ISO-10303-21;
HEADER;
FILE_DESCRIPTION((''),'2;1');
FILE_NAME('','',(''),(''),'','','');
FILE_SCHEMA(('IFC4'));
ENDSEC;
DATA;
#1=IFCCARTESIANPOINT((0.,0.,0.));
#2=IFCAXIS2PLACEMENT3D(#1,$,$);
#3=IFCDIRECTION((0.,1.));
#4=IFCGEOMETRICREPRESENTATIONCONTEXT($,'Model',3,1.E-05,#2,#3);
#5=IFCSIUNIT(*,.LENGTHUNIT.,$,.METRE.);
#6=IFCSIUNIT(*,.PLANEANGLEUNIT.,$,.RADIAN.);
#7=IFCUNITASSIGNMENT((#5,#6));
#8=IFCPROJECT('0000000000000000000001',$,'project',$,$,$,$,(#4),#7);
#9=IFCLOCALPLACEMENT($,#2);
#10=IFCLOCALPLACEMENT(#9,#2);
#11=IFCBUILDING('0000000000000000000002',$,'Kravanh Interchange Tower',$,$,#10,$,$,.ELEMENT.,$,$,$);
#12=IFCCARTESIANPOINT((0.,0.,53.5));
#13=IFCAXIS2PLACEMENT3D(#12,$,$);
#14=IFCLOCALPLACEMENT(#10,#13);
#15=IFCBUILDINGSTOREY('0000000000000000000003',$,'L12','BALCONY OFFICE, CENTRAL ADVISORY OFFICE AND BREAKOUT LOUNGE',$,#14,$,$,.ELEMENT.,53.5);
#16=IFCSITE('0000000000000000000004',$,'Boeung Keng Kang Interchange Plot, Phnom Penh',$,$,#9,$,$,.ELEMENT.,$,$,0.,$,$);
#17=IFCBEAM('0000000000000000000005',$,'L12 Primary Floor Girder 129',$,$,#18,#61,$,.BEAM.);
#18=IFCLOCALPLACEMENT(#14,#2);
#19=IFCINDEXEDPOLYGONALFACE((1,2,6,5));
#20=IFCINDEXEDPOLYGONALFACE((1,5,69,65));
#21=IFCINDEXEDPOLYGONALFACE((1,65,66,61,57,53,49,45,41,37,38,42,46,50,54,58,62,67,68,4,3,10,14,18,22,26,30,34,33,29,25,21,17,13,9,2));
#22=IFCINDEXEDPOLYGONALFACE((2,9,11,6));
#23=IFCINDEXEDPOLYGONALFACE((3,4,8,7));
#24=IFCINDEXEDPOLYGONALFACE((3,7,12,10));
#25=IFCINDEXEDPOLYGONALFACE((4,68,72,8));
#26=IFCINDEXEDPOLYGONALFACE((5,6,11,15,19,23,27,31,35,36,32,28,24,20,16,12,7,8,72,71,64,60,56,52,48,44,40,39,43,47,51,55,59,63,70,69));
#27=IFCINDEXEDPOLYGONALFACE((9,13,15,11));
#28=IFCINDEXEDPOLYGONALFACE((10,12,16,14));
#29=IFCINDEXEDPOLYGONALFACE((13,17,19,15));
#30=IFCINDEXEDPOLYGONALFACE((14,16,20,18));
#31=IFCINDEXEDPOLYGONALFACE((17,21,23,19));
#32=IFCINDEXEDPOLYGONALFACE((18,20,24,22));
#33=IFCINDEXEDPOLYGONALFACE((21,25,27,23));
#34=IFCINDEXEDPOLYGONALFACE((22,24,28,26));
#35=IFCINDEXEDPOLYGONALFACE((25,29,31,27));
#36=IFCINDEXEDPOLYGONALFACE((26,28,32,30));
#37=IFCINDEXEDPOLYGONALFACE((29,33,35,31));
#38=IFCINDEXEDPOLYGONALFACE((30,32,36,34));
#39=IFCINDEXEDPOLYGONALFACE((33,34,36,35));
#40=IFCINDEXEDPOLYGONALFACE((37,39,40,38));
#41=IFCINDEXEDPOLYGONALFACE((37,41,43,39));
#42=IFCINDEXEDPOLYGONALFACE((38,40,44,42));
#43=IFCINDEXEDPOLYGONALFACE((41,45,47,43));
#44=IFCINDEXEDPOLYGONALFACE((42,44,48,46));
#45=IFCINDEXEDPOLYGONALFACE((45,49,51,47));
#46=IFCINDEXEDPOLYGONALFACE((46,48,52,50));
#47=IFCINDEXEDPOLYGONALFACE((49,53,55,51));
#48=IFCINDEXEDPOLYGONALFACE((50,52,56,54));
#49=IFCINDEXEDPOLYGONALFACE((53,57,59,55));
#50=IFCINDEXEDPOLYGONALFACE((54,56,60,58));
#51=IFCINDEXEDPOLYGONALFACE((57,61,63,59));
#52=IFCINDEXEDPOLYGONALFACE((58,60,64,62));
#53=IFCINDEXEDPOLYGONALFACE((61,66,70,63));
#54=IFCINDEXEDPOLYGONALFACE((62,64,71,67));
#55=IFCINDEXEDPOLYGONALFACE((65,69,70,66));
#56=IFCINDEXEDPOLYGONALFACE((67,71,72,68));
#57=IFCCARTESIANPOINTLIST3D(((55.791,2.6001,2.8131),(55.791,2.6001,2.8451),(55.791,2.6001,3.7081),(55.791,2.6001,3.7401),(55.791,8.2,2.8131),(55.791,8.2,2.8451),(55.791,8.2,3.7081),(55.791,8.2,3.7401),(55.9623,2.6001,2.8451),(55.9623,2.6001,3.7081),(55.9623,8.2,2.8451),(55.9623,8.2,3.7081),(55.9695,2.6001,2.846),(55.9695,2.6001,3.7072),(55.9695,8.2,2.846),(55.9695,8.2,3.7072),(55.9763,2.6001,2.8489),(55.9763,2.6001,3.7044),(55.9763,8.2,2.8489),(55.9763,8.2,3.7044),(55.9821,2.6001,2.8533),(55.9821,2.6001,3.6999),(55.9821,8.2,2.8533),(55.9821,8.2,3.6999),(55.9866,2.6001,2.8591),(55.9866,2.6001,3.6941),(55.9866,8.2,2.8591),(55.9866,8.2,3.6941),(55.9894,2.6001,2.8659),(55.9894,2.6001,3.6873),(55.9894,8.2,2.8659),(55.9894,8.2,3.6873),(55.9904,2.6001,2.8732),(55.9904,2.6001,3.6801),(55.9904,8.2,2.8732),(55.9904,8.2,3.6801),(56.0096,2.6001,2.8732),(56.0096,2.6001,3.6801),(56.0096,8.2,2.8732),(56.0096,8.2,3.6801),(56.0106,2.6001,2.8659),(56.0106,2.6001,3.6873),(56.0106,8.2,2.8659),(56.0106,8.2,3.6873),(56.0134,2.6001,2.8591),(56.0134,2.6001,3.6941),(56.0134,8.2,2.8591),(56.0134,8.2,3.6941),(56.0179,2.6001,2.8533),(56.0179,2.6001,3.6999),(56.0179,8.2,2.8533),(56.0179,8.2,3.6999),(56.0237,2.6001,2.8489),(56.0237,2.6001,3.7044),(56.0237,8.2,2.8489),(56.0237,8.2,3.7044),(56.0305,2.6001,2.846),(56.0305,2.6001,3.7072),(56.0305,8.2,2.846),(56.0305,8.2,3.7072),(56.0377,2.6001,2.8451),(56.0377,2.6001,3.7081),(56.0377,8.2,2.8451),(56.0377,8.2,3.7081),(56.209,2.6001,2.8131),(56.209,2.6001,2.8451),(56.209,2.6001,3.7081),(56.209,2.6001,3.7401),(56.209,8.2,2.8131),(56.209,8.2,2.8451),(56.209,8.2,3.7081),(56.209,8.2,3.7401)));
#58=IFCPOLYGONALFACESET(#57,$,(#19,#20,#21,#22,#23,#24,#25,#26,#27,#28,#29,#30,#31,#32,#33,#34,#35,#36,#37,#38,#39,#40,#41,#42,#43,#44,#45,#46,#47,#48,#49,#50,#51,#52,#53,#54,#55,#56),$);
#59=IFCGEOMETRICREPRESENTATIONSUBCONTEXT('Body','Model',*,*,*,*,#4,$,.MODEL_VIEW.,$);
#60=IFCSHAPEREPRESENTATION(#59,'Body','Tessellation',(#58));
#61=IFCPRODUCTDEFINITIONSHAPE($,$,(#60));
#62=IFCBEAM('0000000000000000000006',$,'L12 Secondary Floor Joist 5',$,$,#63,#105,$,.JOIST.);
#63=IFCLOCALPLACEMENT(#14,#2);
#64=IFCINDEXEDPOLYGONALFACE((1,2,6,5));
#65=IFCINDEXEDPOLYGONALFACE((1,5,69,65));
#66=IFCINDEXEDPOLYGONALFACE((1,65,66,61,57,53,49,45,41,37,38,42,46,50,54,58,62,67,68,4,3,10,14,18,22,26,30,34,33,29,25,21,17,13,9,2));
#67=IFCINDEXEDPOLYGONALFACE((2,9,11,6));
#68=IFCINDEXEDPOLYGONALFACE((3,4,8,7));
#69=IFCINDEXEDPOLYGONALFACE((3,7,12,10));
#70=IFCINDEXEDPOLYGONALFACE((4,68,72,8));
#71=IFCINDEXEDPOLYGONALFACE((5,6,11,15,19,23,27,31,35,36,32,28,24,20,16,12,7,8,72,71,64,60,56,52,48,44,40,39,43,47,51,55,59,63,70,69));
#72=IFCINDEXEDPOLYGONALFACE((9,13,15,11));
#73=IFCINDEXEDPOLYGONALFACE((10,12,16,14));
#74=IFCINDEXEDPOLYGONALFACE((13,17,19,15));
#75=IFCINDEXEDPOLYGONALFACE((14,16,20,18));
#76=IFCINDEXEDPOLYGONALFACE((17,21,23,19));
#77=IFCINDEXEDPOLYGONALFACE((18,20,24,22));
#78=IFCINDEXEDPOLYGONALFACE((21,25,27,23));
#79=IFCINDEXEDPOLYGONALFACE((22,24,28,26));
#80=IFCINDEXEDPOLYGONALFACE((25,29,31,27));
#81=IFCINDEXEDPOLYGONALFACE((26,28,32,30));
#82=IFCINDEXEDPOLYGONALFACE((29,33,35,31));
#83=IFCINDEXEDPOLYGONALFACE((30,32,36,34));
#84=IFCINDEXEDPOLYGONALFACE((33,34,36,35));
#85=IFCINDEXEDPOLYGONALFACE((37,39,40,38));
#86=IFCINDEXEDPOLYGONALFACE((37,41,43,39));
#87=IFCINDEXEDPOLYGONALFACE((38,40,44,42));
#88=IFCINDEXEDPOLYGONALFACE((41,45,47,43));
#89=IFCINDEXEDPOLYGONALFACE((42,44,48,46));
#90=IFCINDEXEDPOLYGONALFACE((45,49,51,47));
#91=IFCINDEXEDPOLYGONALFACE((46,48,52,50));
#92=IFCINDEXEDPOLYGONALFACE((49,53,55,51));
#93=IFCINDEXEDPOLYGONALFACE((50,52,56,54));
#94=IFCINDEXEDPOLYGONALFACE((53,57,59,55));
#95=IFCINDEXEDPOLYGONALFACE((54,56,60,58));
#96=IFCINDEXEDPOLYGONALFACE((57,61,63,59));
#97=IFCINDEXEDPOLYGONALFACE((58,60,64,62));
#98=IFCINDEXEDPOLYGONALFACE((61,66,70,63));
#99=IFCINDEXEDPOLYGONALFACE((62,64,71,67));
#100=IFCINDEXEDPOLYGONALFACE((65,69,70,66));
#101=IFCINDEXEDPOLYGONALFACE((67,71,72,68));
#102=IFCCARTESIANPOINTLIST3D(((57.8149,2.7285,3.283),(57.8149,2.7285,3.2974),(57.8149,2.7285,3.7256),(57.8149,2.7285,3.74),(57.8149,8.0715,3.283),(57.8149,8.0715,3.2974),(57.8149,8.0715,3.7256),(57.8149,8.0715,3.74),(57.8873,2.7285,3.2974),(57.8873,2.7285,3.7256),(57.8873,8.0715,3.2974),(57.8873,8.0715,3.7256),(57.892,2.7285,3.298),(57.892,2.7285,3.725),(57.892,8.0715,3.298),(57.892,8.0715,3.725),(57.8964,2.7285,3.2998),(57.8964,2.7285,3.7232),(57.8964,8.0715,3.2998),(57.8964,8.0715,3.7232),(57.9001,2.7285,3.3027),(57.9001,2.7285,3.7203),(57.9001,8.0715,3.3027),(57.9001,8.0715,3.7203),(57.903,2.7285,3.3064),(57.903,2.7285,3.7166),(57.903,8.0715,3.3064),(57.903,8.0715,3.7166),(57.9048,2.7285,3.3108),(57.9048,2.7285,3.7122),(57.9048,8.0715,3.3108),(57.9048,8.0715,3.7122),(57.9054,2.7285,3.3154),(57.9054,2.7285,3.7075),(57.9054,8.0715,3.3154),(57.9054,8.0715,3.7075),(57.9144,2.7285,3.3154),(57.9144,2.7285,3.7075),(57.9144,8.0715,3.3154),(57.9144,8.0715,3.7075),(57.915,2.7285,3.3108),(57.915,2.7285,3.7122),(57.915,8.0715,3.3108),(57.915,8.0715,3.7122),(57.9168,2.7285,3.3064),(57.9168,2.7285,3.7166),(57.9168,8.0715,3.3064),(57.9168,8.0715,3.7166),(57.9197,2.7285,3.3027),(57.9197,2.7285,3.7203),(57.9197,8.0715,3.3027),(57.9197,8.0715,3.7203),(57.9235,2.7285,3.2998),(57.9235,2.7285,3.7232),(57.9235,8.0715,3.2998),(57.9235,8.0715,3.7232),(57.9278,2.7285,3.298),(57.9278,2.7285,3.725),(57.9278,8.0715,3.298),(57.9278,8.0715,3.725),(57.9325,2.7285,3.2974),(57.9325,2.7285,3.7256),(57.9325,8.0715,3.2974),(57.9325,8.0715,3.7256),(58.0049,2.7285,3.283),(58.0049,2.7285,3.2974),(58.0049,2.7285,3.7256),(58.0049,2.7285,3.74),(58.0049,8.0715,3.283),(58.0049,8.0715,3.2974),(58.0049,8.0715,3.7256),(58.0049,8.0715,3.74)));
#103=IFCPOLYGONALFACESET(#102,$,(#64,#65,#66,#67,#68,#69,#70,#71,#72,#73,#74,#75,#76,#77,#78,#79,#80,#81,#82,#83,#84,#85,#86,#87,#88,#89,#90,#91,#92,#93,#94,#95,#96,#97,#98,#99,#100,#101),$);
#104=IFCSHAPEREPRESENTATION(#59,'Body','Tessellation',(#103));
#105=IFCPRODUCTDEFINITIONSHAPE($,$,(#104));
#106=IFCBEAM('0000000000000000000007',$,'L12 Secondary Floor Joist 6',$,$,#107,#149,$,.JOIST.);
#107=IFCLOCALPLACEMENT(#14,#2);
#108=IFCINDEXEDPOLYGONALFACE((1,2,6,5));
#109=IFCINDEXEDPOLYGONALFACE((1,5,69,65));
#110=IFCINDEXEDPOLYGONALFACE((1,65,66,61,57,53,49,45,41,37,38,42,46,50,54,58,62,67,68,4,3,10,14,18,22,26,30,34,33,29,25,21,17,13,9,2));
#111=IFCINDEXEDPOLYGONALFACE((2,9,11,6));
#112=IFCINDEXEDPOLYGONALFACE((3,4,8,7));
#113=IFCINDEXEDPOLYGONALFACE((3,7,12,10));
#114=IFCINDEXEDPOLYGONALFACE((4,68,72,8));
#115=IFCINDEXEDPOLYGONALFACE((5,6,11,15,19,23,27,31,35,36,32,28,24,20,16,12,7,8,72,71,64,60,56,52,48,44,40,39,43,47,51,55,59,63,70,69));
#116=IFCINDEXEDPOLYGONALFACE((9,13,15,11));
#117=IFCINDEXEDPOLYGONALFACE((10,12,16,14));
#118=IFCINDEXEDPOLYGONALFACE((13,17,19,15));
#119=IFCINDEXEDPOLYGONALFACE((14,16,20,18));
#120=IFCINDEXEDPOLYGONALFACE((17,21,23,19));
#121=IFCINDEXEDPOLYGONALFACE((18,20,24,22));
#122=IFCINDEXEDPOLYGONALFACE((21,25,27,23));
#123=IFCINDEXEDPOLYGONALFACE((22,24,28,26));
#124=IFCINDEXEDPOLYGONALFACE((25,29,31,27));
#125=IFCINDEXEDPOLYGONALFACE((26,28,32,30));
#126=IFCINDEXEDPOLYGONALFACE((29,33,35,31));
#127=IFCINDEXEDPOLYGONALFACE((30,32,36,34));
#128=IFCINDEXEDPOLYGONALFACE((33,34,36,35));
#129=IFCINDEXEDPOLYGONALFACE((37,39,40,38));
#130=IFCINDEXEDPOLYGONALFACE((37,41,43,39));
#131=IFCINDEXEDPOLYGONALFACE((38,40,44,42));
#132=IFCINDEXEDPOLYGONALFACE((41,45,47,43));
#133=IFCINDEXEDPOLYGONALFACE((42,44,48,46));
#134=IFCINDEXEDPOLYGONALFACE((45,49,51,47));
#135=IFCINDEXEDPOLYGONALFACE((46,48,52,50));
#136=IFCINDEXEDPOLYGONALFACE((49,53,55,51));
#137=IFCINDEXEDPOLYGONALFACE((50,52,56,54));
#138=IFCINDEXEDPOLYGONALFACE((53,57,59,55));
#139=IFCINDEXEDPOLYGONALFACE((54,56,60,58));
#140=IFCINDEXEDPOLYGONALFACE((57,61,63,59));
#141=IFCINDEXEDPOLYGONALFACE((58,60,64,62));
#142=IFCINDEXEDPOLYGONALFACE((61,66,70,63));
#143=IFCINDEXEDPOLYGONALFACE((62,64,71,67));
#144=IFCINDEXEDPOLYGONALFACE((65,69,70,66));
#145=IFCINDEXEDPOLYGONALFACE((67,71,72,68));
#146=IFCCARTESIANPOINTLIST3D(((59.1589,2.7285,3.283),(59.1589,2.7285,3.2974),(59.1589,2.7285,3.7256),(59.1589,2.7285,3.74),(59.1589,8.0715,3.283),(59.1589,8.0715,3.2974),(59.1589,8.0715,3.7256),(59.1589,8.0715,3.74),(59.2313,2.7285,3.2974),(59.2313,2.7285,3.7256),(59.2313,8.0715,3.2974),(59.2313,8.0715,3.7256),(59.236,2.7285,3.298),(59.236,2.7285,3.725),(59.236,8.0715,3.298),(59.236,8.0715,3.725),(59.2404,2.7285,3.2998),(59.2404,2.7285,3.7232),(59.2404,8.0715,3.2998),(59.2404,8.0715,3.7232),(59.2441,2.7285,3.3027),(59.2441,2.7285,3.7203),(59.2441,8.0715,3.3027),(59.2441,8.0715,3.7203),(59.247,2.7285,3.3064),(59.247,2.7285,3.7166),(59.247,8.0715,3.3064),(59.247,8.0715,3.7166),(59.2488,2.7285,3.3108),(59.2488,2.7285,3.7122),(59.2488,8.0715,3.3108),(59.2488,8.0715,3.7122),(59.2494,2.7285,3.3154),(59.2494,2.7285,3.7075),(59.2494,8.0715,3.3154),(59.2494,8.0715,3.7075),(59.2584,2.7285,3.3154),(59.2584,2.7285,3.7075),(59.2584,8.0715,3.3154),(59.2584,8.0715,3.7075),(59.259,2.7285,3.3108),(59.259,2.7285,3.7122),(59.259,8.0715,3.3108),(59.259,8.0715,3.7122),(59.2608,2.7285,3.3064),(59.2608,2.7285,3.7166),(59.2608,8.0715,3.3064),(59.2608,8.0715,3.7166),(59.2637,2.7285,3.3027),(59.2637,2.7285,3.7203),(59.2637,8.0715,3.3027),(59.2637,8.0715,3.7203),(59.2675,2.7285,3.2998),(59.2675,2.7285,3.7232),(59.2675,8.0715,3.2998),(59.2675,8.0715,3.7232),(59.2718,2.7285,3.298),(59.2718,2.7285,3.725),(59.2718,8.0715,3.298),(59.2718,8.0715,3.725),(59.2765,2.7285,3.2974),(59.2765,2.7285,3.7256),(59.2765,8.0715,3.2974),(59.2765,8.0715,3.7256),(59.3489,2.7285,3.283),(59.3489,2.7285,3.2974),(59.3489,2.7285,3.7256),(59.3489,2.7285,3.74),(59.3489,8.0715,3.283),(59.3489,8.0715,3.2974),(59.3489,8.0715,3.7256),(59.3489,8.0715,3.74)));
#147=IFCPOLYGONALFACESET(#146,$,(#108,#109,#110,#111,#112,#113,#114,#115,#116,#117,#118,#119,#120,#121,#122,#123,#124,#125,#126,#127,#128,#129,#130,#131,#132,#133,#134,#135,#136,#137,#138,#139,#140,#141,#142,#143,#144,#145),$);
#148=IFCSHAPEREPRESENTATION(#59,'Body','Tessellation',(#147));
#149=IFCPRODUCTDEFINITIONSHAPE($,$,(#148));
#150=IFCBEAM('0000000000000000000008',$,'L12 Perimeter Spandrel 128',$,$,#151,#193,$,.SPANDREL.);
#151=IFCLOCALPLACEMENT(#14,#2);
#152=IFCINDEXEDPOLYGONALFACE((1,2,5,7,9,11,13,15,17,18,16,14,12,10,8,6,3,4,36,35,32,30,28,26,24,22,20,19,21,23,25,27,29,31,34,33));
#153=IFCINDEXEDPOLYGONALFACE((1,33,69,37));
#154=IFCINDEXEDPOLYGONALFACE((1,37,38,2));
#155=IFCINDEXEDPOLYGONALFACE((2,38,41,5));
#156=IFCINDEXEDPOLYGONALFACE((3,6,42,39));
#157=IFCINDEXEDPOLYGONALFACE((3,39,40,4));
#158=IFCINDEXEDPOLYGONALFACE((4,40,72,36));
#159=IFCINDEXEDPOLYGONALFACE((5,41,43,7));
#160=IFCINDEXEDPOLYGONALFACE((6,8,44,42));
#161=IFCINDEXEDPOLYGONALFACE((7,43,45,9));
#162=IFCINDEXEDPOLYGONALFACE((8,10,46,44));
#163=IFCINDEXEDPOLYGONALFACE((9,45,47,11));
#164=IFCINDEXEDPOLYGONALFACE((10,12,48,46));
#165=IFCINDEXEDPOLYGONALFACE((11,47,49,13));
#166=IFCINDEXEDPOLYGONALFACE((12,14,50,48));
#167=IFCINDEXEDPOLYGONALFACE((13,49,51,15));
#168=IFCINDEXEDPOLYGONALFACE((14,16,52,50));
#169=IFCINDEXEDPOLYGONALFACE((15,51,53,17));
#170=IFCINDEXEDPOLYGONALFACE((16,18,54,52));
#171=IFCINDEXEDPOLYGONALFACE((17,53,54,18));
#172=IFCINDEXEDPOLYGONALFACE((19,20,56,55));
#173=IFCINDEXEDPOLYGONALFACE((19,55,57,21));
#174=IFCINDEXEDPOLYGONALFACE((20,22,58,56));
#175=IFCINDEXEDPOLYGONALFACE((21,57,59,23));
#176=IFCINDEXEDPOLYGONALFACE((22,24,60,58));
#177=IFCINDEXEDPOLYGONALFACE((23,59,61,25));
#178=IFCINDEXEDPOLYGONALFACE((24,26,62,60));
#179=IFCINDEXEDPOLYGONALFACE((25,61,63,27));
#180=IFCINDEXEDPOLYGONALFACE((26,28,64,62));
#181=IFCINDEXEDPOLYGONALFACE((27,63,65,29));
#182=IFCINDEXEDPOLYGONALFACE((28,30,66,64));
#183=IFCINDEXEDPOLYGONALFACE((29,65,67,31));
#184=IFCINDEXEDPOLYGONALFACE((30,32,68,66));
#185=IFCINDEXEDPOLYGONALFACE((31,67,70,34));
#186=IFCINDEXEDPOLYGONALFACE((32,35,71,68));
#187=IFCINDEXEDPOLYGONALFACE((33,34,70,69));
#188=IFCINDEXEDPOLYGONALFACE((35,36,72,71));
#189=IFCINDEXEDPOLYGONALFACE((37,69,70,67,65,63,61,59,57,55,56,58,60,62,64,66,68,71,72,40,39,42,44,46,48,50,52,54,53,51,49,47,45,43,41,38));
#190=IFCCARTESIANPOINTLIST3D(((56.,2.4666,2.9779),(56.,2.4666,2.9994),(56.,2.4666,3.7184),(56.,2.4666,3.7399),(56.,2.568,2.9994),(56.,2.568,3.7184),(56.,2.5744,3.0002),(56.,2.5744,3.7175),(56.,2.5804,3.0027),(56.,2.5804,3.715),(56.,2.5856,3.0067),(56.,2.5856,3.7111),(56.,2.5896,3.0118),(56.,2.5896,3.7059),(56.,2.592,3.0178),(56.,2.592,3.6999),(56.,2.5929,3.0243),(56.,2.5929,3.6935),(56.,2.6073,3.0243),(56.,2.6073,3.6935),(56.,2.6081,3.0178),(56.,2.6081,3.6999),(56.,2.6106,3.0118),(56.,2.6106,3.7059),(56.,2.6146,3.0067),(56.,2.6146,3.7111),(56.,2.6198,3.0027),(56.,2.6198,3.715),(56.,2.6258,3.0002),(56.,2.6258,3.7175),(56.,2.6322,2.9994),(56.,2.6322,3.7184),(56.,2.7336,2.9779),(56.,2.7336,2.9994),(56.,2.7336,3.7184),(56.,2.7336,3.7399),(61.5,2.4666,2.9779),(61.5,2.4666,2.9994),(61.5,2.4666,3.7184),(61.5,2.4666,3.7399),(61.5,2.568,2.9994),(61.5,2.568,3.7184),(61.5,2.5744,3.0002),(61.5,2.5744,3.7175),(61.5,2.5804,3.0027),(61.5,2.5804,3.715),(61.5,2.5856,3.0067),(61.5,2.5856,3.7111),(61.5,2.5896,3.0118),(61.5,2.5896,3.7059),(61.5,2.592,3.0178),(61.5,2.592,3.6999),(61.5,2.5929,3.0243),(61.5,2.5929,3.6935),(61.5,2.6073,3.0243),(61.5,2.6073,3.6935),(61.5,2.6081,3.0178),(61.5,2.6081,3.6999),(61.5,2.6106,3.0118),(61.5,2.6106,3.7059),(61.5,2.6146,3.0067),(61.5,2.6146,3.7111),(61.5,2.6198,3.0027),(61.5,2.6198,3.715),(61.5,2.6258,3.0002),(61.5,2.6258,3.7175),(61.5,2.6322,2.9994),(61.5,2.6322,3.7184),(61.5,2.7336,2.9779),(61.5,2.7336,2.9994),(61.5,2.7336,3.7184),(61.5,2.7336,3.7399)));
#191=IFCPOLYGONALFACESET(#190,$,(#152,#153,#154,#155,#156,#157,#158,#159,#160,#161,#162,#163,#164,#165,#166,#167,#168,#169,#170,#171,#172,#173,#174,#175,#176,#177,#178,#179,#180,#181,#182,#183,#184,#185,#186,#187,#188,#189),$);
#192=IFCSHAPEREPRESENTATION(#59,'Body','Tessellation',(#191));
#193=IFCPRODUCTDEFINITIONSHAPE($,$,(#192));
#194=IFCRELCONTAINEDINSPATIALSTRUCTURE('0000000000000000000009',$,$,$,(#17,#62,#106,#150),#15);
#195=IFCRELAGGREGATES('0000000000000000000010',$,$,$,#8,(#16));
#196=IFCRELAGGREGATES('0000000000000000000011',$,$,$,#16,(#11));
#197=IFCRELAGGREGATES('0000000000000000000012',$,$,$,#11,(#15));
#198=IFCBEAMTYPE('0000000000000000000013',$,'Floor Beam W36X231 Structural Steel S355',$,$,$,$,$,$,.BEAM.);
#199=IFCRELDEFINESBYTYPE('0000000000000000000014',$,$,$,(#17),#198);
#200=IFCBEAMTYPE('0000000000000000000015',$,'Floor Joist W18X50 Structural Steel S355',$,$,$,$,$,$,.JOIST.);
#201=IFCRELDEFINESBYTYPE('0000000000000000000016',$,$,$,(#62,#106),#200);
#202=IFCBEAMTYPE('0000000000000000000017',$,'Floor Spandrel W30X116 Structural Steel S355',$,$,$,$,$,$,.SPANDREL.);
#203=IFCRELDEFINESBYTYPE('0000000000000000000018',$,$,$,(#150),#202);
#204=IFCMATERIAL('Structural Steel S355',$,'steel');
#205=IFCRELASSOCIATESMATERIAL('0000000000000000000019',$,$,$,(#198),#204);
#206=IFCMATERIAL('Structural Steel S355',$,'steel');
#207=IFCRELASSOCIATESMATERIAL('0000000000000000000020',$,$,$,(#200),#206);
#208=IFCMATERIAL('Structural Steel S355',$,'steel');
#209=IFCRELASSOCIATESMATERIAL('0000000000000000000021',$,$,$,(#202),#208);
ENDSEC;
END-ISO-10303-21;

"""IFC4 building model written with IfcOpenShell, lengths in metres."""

from ifc_helpers import new_model, si_unit, direction, frame, origin, origin_2d, place, context, subcontext, project, spatial, i_section, extrude, material, material_profile, profile_set, type_object, element, save


model = new_model("IFC4")

# Units and contexts
model_context = context("Model", 3, precision=1e-05, world=origin(), true_north=direction((0.0, 1.0)))
body_context = subcontext(model_context, "Body", "Model", "MODEL_VIEW")
ifc_project = project(units=[si_unit("LENGTHUNIT", "METRE"), si_unit("PLANEANGLEUNIT", "RADIAN")], contexts=[model_context])

# Site, building, storey
site_placement = place(None, origin())
site = spatial("IfcSite", under=ifc_project, at=site_placement, Name="Boeung Keng Kang Interchange Plot, Phnom Penh", CompositionType="ELEMENT", RefElevation=0.0)
building_placement = place(site_placement, origin())
building = spatial("IfcBuilding", under=site, at=building_placement, Name="Kravanh Interchange Tower", CompositionType="ELEMENT")
storey_placement = place(building_placement, frame((0.0, 0.0, 53.5)))
storey = spatial("IfcBuildingStorey", under=building, at=storey_placement, Name="L12", Description="BALCONY OFFICE, CENTRAL ADVISORY OFFICE AND BREAKOUT LOUNGE", CompositionType="ELEMENT", Elevation=53.5)

# Beams
ifc_material_1 = material(Name="Structural Steel S355", Category="steel")
ifc_material_profile_1 = material_profile(ifc_material_1, i_section(OverallWidth=0.418, OverallDepth=0.927, WebThickness=0.0193, FlangeThickness=0.032, FilletRadius=0.0281, at=origin_2d()), Name="W36X231")
ifc_profile_set_1 = profile_set([ifc_material_profile_1], Name="Structural Steel S355")
beam_type_1 = type_object("IfcBeamType", Name="Floor Beam W36X231 Structural Steel S355", PredefinedType="BEAM", material=ifc_profile_set_1)
beam_1_placement = place(storey_placement, frame((56.0, 2.6001, 3.2766), z_axis=(0.0, 1.0, 0.0), x_axis=(-1.0, 0.0, 0.0)))
element("IfcBeam", 1, at=beam_1_placement, inside=storey, type_object=beam_type_1, Name="L12 Primary Floor Girder 129", PredefinedType="BEAM", context=body_context, shape_type="SweptSolid", body=[
    extrude(i_section(OverallWidth=0.418, OverallDepth=0.927, WebThickness=0.0193, FlangeThickness=0.032, FilletRadius=0.0281, at=origin_2d()), origin(), (0.0, 0.0, 1.0), 5.5999),
])
ifc_material_2 = material(Name="Structural Steel S355", Category="steel")
ifc_material_profile_2 = material_profile(ifc_material_2, i_section(OverallWidth=0.1899, OverallDepth=0.457, WebThickness=0.009, FlangeThickness=0.0144, FilletRadius=0.0181, at=origin_2d()), Name="W18X50")
ifc_profile_set_2 = profile_set([ifc_material_profile_2], Name="Structural Steel S355")
beam_type_2 = type_object("IfcBeamType", Name="Floor Joist W18X50 Structural Steel S355", PredefinedType="JOIST", material=ifc_profile_set_2)
for number, where, z_axis, x_axis, name in (
    (2, (57.9099, 2.7285, 3.5115), (0.0, 1.0, 0.0), (-1.0, 0.0, 0.0), "L12 Secondary Floor Joist 5"),
    (3, (59.2539, 2.7285, 3.5115), (0.0, 1.0, 0.0), (-1.0, 0.0, 0.0), "L12 Secondary Floor Joist 6"),
):
    element("IfcBeam", number, at=place(storey_placement, frame(where, z_axis=z_axis, x_axis=x_axis)), inside=storey, type_object=beam_type_2, Name=name, PredefinedType="JOIST", context=body_context, shape_type="SweptSolid", body=[
        extrude(i_section(OverallWidth=0.1899, OverallDepth=0.457, WebThickness=0.009, FlangeThickness=0.0144, FilletRadius=0.0181, at=origin_2d()), origin(), (0.0, 0.0, 1.0), 5.343),
    ])
ifc_material_3 = material(Name="Structural Steel S355", Category="steel")
ifc_material_profile_3 = material_profile(ifc_material_3, i_section(OverallWidth=0.2671, OverallDepth=0.762, WebThickness=0.0144, FlangeThickness=0.0215, FilletRadius=0.0249, at=origin_2d()), Name="W30X116")
ifc_profile_set_3 = profile_set([ifc_material_profile_3], Name="Structural Steel S355")
beam_type_3 = type_object("IfcBeamType", Name="Floor Spandrel W30X116 Structural Steel S355", PredefinedType="SPANDREL", material=ifc_profile_set_3)
beam_2_placement = place(storey_placement, frame((56.0, 2.6001, 3.3589), z_axis=(1.0, 0.0, 0.0), x_axis=(0.0, 1.0, 0.0)))
element("IfcBeam", 4, at=beam_2_placement, inside=storey, type_object=beam_type_3, Name="L12 Perimeter Spandrel 128", PredefinedType="SPANDREL", context=body_context, shape_type="SweptSolid", body=[
    extrude(i_section(OverallWidth=0.2671, OverallDepth=0.762, WebThickness=0.0144, FlangeThickness=0.0215, FilletRadius=0.0249, at=origin_2d()), origin(), (0.0, 0.0, 1.0), 5.5),
])

save(model, "model.ifc")
